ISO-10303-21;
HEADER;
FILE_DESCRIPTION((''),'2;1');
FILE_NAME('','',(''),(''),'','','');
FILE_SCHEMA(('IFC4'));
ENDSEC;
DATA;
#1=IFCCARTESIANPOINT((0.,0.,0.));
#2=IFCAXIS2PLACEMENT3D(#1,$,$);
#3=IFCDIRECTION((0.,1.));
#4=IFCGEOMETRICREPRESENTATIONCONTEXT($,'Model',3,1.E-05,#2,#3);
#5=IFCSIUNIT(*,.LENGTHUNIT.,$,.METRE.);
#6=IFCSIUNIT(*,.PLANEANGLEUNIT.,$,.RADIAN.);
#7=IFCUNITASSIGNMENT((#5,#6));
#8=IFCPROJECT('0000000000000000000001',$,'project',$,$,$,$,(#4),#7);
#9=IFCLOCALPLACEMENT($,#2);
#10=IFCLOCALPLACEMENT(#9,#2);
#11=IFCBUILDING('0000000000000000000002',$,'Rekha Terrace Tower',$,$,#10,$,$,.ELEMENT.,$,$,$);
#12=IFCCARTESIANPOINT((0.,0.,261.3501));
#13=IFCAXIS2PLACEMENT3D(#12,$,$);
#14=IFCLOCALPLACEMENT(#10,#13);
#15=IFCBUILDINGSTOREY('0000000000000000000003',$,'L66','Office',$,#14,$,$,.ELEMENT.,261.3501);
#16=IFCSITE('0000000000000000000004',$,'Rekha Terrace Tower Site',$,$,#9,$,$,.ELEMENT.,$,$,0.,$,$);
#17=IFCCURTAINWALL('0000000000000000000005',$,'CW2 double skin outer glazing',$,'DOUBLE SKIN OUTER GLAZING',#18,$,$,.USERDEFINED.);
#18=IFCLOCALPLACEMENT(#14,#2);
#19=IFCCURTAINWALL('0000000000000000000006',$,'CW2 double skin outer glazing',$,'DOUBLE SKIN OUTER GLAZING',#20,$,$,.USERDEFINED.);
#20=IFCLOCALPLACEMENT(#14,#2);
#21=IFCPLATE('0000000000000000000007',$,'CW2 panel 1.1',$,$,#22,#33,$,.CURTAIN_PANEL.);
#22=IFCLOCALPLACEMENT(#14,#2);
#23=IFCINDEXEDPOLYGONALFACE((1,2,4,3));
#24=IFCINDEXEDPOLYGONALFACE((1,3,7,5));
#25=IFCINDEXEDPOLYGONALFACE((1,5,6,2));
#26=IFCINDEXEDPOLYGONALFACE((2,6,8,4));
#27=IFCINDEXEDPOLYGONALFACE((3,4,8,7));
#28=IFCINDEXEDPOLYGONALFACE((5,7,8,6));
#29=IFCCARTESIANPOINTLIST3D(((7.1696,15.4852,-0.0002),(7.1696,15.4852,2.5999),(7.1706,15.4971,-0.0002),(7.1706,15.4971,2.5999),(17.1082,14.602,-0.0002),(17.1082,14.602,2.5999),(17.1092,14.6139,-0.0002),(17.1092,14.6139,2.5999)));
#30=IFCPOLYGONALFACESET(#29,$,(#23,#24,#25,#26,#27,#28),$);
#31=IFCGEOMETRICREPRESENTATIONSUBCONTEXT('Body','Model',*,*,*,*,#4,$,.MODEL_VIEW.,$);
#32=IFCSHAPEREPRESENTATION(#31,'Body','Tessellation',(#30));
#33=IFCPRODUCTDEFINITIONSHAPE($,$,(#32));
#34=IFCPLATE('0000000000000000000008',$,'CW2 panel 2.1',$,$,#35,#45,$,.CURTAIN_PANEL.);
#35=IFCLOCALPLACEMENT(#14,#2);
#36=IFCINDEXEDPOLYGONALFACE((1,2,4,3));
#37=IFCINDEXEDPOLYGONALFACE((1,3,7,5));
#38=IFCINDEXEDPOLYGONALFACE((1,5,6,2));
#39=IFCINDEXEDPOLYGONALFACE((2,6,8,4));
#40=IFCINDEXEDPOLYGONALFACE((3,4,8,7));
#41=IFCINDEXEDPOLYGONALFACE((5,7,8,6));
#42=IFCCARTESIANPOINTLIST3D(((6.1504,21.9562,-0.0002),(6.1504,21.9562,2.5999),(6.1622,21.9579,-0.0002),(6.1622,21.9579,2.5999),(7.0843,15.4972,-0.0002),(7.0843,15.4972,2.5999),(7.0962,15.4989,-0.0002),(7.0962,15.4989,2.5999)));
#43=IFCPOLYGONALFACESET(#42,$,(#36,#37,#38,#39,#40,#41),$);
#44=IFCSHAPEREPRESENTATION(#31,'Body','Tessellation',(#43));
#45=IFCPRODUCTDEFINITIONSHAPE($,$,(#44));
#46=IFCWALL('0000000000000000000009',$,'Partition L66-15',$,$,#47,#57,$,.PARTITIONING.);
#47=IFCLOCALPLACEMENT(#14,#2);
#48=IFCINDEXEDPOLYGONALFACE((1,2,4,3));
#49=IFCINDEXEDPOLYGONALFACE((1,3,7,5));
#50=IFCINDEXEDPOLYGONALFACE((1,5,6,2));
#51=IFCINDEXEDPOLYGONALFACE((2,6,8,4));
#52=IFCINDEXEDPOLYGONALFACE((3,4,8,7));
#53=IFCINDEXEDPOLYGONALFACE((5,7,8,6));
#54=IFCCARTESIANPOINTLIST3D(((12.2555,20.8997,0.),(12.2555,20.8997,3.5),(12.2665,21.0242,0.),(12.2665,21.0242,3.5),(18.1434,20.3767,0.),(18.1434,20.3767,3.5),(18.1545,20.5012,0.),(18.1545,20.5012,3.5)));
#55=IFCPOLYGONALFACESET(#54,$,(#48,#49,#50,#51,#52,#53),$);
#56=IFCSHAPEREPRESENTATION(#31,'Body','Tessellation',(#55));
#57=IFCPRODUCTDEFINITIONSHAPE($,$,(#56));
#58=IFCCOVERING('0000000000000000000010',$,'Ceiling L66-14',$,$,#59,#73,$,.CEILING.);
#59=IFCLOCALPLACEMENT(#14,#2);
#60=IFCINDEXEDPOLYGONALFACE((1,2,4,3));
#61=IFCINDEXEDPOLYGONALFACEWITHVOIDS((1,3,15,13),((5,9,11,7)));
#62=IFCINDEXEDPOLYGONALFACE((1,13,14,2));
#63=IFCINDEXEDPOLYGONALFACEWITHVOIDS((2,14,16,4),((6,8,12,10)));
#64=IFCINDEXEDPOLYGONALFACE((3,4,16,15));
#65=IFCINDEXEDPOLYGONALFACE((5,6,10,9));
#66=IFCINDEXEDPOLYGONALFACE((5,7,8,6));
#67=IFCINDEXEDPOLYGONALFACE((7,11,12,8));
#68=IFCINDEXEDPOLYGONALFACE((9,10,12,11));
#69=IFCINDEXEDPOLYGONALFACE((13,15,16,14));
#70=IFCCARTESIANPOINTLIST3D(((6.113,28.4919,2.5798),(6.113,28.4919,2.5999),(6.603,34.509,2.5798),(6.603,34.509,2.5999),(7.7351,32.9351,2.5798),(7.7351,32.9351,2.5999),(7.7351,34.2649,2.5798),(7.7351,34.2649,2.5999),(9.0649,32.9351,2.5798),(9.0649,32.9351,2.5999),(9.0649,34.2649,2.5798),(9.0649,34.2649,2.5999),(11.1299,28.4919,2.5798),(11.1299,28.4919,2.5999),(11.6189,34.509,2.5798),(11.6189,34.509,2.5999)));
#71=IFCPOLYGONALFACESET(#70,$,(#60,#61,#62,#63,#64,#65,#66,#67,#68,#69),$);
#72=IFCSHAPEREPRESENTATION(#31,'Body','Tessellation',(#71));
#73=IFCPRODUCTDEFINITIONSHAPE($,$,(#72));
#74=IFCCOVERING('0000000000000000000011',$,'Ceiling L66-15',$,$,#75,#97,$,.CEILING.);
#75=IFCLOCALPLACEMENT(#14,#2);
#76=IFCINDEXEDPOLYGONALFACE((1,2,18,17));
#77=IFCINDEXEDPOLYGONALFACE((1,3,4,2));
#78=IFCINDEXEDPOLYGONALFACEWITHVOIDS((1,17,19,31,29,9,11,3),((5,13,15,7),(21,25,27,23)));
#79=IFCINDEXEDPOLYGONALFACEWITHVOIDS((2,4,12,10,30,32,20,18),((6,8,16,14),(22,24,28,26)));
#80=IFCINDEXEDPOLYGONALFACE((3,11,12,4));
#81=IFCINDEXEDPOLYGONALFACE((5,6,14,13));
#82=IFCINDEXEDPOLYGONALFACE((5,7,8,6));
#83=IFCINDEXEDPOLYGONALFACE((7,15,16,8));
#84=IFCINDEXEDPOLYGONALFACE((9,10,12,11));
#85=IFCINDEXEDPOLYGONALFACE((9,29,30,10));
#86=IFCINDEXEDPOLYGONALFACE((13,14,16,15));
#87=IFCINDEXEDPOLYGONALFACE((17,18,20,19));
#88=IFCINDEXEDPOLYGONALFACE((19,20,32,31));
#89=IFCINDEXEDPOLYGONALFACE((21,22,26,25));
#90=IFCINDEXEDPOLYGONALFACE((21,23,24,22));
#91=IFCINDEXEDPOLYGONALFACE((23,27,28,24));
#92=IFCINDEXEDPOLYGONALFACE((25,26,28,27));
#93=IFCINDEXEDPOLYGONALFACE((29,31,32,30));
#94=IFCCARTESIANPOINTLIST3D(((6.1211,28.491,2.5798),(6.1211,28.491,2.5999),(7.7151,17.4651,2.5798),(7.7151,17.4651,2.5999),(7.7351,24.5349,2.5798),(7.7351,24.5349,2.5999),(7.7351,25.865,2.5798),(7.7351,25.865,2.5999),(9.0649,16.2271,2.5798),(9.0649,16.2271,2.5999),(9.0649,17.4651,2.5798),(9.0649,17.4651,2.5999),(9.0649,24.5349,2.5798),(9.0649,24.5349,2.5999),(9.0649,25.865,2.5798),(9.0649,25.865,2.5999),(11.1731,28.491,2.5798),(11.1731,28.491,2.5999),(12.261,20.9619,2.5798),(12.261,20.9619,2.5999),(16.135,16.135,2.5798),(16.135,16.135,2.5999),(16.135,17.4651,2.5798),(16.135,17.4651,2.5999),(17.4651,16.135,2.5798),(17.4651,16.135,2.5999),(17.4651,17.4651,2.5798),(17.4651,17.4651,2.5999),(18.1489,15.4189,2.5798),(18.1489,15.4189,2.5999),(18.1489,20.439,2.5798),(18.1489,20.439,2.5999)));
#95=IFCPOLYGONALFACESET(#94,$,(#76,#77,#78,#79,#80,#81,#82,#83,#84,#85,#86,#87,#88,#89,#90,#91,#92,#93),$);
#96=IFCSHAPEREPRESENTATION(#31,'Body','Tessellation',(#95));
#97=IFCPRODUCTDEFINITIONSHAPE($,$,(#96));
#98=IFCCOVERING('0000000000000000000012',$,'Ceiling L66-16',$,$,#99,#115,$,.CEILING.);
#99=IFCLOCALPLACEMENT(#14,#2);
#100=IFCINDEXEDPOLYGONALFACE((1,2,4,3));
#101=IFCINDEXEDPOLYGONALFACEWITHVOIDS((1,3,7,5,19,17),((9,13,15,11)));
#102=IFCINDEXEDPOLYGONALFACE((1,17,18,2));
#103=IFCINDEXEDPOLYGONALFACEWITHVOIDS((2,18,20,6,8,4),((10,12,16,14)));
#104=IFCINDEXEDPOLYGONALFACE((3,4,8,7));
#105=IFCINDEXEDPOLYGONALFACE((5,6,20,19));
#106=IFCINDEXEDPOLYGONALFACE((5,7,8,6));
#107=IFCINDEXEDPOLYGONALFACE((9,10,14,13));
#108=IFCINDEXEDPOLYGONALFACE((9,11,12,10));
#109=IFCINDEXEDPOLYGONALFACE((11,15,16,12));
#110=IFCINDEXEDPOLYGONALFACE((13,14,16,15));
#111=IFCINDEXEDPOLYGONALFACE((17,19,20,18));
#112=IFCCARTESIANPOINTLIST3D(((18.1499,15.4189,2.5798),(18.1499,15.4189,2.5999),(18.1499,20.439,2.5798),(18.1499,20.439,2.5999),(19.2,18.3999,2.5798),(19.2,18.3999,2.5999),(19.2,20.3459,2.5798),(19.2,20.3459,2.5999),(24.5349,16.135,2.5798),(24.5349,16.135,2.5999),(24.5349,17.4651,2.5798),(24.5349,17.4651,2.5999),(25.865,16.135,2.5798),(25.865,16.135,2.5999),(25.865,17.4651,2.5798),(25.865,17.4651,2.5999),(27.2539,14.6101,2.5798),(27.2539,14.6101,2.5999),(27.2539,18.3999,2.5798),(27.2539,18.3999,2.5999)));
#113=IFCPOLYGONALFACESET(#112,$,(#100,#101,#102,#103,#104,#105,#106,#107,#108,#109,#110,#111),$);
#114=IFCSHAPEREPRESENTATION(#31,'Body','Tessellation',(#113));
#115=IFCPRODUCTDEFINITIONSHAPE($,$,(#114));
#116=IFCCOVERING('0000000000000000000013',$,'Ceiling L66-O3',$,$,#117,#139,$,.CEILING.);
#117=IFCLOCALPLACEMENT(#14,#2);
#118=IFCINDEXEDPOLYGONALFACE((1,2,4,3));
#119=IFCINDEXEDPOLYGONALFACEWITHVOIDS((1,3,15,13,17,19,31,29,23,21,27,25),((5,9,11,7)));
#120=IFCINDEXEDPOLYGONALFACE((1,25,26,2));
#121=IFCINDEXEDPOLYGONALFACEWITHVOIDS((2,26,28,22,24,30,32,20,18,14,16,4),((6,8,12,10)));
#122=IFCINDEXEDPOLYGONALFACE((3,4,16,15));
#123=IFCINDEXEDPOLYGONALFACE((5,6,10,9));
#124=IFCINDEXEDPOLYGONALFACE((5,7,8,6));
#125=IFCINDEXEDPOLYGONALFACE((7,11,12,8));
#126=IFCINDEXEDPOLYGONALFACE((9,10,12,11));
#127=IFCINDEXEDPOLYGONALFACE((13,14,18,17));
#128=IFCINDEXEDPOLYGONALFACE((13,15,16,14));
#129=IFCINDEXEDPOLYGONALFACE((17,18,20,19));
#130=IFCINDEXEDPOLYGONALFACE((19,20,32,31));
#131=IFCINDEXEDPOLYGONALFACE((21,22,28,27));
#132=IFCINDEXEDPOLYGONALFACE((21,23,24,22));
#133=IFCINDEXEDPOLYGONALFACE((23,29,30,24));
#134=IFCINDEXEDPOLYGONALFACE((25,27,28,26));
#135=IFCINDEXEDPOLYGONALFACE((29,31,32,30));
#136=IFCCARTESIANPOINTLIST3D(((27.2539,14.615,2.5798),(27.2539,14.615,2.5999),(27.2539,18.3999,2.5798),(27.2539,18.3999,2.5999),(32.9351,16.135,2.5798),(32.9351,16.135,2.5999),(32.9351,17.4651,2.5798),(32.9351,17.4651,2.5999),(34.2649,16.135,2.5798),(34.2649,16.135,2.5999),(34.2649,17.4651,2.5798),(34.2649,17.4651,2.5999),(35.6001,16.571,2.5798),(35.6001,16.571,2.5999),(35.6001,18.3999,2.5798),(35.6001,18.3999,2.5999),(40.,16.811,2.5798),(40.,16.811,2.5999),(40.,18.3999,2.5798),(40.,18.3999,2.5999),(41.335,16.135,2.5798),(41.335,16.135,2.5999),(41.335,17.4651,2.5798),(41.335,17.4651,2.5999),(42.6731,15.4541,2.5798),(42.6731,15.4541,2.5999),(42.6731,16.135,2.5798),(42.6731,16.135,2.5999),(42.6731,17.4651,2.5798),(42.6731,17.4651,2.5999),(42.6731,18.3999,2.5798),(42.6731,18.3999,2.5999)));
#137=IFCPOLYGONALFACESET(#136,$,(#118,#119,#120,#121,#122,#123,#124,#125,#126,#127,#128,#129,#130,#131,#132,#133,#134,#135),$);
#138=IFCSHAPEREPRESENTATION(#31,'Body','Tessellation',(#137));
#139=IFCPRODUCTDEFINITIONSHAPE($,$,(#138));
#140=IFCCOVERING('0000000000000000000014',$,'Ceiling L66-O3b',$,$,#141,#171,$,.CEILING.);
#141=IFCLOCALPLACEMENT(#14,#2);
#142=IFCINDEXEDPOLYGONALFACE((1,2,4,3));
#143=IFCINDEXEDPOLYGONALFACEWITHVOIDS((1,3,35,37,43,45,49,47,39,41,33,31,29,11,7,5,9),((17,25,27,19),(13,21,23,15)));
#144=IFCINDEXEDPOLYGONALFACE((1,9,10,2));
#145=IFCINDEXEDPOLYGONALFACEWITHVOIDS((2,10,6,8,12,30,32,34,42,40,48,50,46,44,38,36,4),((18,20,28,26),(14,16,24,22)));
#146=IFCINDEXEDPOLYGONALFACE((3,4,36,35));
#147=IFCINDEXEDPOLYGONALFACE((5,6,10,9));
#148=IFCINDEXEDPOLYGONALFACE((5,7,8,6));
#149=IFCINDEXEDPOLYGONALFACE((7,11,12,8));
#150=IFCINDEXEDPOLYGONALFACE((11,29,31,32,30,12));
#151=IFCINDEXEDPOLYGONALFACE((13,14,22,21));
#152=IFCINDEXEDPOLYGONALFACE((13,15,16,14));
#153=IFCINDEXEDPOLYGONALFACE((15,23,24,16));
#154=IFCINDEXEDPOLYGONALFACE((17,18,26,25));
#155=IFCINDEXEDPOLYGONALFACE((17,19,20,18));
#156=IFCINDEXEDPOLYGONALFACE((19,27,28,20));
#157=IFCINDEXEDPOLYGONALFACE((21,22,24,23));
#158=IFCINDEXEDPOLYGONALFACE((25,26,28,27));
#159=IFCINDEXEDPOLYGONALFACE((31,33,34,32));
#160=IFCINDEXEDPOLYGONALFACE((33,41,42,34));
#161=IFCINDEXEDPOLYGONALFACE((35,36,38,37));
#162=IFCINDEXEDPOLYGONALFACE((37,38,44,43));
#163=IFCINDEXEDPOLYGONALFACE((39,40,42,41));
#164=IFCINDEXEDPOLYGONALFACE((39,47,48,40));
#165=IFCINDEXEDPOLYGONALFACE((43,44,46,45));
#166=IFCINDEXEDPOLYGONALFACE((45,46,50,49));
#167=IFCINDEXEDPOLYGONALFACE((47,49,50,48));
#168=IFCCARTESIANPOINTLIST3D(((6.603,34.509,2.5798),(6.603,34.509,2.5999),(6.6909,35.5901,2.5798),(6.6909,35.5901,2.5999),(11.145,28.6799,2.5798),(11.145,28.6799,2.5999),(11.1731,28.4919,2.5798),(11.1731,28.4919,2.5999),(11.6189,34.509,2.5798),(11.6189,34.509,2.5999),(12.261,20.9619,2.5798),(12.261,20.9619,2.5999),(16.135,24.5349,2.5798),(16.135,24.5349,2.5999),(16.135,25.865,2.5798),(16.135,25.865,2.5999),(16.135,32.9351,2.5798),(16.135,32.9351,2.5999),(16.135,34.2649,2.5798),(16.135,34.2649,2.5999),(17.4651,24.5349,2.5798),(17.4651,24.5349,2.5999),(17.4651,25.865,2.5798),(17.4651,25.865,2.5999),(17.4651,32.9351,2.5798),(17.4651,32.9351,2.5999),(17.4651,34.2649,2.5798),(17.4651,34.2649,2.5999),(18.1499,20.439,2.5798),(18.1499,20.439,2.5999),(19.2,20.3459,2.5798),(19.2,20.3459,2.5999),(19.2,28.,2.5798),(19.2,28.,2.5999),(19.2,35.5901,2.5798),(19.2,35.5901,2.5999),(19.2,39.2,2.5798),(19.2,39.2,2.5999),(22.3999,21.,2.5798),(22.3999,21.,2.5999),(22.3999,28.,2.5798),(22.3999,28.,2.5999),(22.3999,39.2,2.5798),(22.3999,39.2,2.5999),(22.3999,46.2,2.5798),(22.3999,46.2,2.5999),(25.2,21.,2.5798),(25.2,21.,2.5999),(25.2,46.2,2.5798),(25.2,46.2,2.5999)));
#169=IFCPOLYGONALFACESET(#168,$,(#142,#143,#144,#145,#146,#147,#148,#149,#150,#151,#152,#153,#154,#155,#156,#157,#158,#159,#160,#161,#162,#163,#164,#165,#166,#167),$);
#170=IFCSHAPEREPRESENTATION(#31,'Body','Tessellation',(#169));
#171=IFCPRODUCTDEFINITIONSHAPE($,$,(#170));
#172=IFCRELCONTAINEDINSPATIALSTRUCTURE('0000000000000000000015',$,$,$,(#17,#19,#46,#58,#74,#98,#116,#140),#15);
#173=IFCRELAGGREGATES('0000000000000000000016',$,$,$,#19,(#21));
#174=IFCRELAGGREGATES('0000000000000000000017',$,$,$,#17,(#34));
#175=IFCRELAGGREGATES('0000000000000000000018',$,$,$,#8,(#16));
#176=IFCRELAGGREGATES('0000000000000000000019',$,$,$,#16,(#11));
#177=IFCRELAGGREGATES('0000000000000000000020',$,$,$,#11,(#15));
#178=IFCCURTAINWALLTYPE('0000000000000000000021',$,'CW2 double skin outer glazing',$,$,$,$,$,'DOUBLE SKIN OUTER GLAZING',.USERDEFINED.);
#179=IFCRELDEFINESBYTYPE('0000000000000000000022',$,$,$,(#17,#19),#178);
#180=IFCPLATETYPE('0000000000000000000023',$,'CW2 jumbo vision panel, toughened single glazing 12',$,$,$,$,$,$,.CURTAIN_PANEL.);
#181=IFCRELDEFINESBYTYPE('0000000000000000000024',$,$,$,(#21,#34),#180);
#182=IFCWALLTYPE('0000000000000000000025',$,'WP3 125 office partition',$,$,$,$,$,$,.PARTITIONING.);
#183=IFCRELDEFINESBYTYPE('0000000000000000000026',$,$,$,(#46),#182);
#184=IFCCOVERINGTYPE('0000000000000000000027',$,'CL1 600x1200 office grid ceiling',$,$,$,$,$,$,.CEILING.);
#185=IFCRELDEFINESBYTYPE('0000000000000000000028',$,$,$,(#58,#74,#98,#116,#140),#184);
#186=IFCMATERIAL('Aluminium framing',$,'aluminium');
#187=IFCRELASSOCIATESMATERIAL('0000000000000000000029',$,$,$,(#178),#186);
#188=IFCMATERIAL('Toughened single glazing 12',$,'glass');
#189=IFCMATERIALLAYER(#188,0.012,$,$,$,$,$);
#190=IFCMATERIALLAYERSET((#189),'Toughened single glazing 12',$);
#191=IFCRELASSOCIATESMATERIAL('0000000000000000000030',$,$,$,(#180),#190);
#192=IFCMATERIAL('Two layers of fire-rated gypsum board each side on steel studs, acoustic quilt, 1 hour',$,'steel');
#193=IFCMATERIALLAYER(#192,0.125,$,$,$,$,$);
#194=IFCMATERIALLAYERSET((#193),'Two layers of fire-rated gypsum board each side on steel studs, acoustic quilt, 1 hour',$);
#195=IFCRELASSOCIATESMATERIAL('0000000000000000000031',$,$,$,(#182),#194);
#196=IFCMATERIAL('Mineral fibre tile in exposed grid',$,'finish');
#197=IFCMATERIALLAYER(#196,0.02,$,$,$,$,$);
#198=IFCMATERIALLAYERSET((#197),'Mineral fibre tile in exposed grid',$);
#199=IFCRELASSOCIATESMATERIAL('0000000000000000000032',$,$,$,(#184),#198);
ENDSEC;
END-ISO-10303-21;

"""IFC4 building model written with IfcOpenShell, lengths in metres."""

from ifc_helpers import new_model, si_unit, direction, frame, frame_2d, origin, origin_2d, place, context, subcontext, project, spatial, polyline, rectangle, outline, extrude, material, layer, layer_set, type_object, element, aggregate, save


model = new_model("IFC4")

# Units and contexts
model_context = context("Model", 3, precision=1e-05, world=origin(), true_north=direction((0.0, 1.0)))
body_context = subcontext(model_context, "Body", "Model", "MODEL_VIEW")
ifc_project = project(units=[si_unit("LENGTHUNIT", "METRE"), si_unit("PLANEANGLEUNIT", "RADIAN")], contexts=[model_context])

# Site, building, storey
site_placement = place(None, origin())
site = spatial("IfcSite", under=ifc_project, at=site_placement, Name="Rekha Terrace Tower Site", CompositionType="ELEMENT", RefElevation=0.0)
building_placement = place(site_placement, origin())
building = spatial("IfcBuilding", under=site, at=building_placement, Name="Rekha Terrace Tower", CompositionType="ELEMENT")
storey_placement = place(building_placement, frame((0.0, 0.0, 261.3501)))
storey = spatial("IfcBuildingStorey", under=building, at=storey_placement, Name="L66", Description="Office", CompositionType="ELEMENT", Elevation=261.3501)

# Curtain wall
ifc_material_1 = material(Name="Aluminium framing", Category="aluminium")
curtain_wall_type_1 = type_object("IfcCurtainWallType", Name="CW2 double skin outer glazing", ElementType="DOUBLE SKIN OUTER GLAZING", PredefinedType="USERDEFINED", material=ifc_material_1)
curtain_wall_1_placement = place(storey_placement, origin())
curtain_wall_1 = element("IfcCurtainWall", 1, at=curtain_wall_1_placement, inside=storey, type_object=curtain_wall_type_1, Name="CW2 double skin outer glazing", ObjectType="DOUBLE SKIN OUTER GLAZING", PredefinedType="USERDEFINED")

# Curtain wall
curtain_wall_2_placement = place(storey_placement, origin())
curtain_wall_2 = element("IfcCurtainWall", 2, at=curtain_wall_2_placement, inside=storey, type_object=curtain_wall_type_1, Name="CW2 double skin outer glazing", ObjectType="DOUBLE SKIN OUTER GLAZING", PredefinedType="USERDEFINED")

# Plates
ifc_material_2 = material(Name="Toughened single glazing 12", Category="glass")
ifc_layer_1 = layer(ifc_material_2, 0.012)
ifc_layer_set_1 = layer_set([ifc_layer_1], Name="Toughened single glazing 12")
plate_type_1 = type_object("IfcPlateType", Name="CW2 jumbo vision panel, toughened single glazing 12", PredefinedType="CURTAIN_PANEL", material=ifc_layer_set_1)
plate_1_placement = place(storey_placement, frame((12.1394, 15.0496, -0.0002), z_axis=(0.0, 0.0, 1.0), x_axis=(0.996074, -0.088522, 0.0)))
plate_1 = element("IfcPlate", 3, at=plate_1_placement, type_object=plate_type_1, Name="CW2 panel 1.1", PredefinedType="CURTAIN_PANEL", context=body_context, shape_type="SweptSolid", body=[
    extrude(rectangle(XDim=9.9778, YDim=0.012, at=origin_2d()), origin(), (0.0, 0.0, 1.0), 2.6001),
])
aggregate(curtain_wall_2, [plate_1])
plate_2_placement = place(storey_placement, frame((6.6233, 18.7275, -0.0002), z_axis=(0.0, 0.0, 1.0), x_axis=(0.143108, -0.989707, 0.0)))
plate_2 = element("IfcPlate", 4, at=plate_2_placement, type_object=plate_type_1, Name="CW2 panel 2.1", PredefinedType="CURTAIN_PANEL", context=body_context, shape_type="SweptSolid", body=[
    extrude(rectangle(XDim=6.5261, YDim=0.012, at=origin_2d()), origin(), (0.0, 0.0, 1.0), 2.6001),
])
aggregate(curtain_wall_1, [plate_2])

# Wall
ifc_material_3 = material(Name="Two layers of fire-rated gypsum board each side on steel studs, acoustic quilt, 1 hour", Category="steel")
ifc_layer_2 = layer(ifc_material_3, 0.125)
ifc_layer_set_2 = layer_set([ifc_layer_2], Name="Two layers of fire-rated gypsum board each side on steel studs, acoustic quilt, 1 hour")
wall_type = type_object("IfcWallType", Name="WP3 125 office partition", PredefinedType="PARTITIONING", material=ifc_layer_set_2)
wall_placement = place(storey_placement, frame((12.261, 20.9619, 0.0), z_axis=(0.0, 0.0, 1.0), x_axis=(0.996079, -0.088469, 0.0)))
element("IfcWall", 5, at=wall_placement, inside=storey, type_object=wall_type, Name="Partition L66-15", PredefinedType="PARTITIONING", context=body_context, shape_type="SweptSolid", body=[
    extrude(rectangle(XDim=5.9111, YDim=0.125, at=frame_2d((2.9556, 0.0))), origin(), (0.0, 0.0, 1.0), 3.5),
])

# Coverings
ifc_material_4 = material(Name="Mineral fibre tile in exposed grid", Category="finish")
ifc_layer_3 = layer(ifc_material_4, 0.02)
ifc_layer_set_3 = layer_set([ifc_layer_3], Name="Mineral fibre tile in exposed grid")
covering_type_1 = type_object("IfcCoveringType", Name="CL1 600x1200 office grid ceiling", PredefinedType="CEILING", material=ifc_layer_set_3)
covering_1_placement = place(storey_placement, frame((0.0, 0.0, 2.5798)))
element("IfcCovering", 6, at=covering_1_placement, inside=storey, type_object=covering_type_1, Name="Ceiling L66-14", PredefinedType="CEILING", context=body_context, shape_type="SweptSolid", body=[
    extrude(outline(polyline([(11.1299, 28.4919), (11.6189, 34.509), (6.603, 34.509), (6.113, 28.4919), (11.1299, 28.4919)]), holes=[polyline([(9.0649, 34.2649), (9.0649, 32.9351), (7.7351, 32.9351), (7.7351, 34.2649), (9.0649, 34.2649)])]), origin(), (0.0, 0.0, 1.0), 0.02),
])
covering_2_placement = place(storey_placement, frame((0.0, 0.0, 2.5798)))
element("IfcCovering", 7, at=covering_2_placement, inside=storey, type_object=covering_type_1, Name="Ceiling L66-15", PredefinedType="CEILING", context=body_context, shape_type="SweptSolid", body=[
    extrude(outline(polyline([(6.1211, 28.491), (7.7151, 17.4651), (9.0649, 17.4651), (9.0649, 16.2271), (18.1489, 15.4189), (18.1489, 20.439), (12.261, 20.9619), (11.1731, 28.491), (6.1211, 28.491)]), holes=[polyline([(17.4651, 17.4651), (17.4651, 16.135), (16.135, 16.135), (16.135, 17.4651), (17.4651, 17.4651)]), polyline([(9.0649, 25.865), (9.0649, 24.5349), (7.7351, 24.5349), (7.7351, 25.865), (9.0649, 25.865)])]), origin(), (0.0, 0.0, 1.0), 0.02),
])
covering_3_placement = place(storey_placement, frame((0.0, 0.0, 2.5798)))
element("IfcCovering", 8, at=covering_3_placement, inside=storey, type_object=covering_type_1, Name="Ceiling L66-16", PredefinedType="CEILING", context=body_context, shape_type="SweptSolid", body=[
    extrude(outline(polyline([(27.2539, 14.6101), (27.2539, 18.3999), (19.2, 18.3999), (19.2, 20.3459), (18.1499, 20.439), (18.1499, 15.4189), (27.2539, 14.6101)]), holes=[polyline([(25.865, 17.4651), (25.865, 16.135), (24.5349, 16.135), (24.5349, 17.4651), (25.865, 17.4651)])]), origin(), (0.0, 0.0, 1.0), 0.02),
])
covering_4_placement = place(storey_placement, frame((0.0, 0.0, 2.5798)))
element("IfcCovering", 9, at=covering_4_placement, inside=storey, type_object=covering_type_1, Name="Ceiling L66-O3", PredefinedType="CEILING", context=body_context, shape_type="SweptSolid", body=[
    extrude(outline(polyline([(40.0, 18.3999), (40.0, 16.811), (35.6001, 16.571), (35.6001, 18.3999), (27.2539, 18.3999), (27.2539, 14.615), (42.6731, 15.4541), (42.6731, 16.135), (41.335, 16.135), (41.335, 17.4651), (42.6731, 17.4651), (42.6731, 18.3999), (40.0, 18.3999)]), holes=[polyline([(34.2649, 16.135), (32.9351, 16.135), (32.9351, 17.4651), (34.2649, 17.4651), (34.2649, 16.135)])]), origin(), (0.0, 0.0, 1.0), 0.02),
])
covering_5_placement = place(storey_placement, frame((0.0, 0.0, 2.5798)))
element("IfcCovering", 10, at=covering_5_placement, inside=storey, type_object=covering_type_1, Name="Ceiling L66-O3b", PredefinedType="CEILING", context=body_context, shape_type="SweptSolid", body=[
    extrude(outline(polyline([(11.145, 28.6799), (11.1731, 28.4919), (12.261, 20.9619), (18.1499, 20.439), (19.2, 20.3459), (19.2, 28.0), (22.3999, 28.0), (22.3999, 21.0), (25.2, 21.0), (25.2, 46.2), (22.3999, 46.2), (22.3999, 39.2), (19.2, 39.2), (19.2, 35.5901), (6.6909, 35.5901), (6.603, 34.509), (11.6189, 34.509), (11.145, 28.6799)]), holes=[polyline([(17.4651, 25.865), (17.4651, 24.5349), (16.135, 24.5349), (16.135, 25.865), (17.4651, 25.865)]), polyline([(17.4651, 34.2649), (17.4651, 32.9351), (16.135, 32.9351), (16.135, 34.2649), (17.4651, 34.2649)])]), origin(), (0.0, 0.0, 1.0), 0.02),
])

save(model, "model.ifc")
